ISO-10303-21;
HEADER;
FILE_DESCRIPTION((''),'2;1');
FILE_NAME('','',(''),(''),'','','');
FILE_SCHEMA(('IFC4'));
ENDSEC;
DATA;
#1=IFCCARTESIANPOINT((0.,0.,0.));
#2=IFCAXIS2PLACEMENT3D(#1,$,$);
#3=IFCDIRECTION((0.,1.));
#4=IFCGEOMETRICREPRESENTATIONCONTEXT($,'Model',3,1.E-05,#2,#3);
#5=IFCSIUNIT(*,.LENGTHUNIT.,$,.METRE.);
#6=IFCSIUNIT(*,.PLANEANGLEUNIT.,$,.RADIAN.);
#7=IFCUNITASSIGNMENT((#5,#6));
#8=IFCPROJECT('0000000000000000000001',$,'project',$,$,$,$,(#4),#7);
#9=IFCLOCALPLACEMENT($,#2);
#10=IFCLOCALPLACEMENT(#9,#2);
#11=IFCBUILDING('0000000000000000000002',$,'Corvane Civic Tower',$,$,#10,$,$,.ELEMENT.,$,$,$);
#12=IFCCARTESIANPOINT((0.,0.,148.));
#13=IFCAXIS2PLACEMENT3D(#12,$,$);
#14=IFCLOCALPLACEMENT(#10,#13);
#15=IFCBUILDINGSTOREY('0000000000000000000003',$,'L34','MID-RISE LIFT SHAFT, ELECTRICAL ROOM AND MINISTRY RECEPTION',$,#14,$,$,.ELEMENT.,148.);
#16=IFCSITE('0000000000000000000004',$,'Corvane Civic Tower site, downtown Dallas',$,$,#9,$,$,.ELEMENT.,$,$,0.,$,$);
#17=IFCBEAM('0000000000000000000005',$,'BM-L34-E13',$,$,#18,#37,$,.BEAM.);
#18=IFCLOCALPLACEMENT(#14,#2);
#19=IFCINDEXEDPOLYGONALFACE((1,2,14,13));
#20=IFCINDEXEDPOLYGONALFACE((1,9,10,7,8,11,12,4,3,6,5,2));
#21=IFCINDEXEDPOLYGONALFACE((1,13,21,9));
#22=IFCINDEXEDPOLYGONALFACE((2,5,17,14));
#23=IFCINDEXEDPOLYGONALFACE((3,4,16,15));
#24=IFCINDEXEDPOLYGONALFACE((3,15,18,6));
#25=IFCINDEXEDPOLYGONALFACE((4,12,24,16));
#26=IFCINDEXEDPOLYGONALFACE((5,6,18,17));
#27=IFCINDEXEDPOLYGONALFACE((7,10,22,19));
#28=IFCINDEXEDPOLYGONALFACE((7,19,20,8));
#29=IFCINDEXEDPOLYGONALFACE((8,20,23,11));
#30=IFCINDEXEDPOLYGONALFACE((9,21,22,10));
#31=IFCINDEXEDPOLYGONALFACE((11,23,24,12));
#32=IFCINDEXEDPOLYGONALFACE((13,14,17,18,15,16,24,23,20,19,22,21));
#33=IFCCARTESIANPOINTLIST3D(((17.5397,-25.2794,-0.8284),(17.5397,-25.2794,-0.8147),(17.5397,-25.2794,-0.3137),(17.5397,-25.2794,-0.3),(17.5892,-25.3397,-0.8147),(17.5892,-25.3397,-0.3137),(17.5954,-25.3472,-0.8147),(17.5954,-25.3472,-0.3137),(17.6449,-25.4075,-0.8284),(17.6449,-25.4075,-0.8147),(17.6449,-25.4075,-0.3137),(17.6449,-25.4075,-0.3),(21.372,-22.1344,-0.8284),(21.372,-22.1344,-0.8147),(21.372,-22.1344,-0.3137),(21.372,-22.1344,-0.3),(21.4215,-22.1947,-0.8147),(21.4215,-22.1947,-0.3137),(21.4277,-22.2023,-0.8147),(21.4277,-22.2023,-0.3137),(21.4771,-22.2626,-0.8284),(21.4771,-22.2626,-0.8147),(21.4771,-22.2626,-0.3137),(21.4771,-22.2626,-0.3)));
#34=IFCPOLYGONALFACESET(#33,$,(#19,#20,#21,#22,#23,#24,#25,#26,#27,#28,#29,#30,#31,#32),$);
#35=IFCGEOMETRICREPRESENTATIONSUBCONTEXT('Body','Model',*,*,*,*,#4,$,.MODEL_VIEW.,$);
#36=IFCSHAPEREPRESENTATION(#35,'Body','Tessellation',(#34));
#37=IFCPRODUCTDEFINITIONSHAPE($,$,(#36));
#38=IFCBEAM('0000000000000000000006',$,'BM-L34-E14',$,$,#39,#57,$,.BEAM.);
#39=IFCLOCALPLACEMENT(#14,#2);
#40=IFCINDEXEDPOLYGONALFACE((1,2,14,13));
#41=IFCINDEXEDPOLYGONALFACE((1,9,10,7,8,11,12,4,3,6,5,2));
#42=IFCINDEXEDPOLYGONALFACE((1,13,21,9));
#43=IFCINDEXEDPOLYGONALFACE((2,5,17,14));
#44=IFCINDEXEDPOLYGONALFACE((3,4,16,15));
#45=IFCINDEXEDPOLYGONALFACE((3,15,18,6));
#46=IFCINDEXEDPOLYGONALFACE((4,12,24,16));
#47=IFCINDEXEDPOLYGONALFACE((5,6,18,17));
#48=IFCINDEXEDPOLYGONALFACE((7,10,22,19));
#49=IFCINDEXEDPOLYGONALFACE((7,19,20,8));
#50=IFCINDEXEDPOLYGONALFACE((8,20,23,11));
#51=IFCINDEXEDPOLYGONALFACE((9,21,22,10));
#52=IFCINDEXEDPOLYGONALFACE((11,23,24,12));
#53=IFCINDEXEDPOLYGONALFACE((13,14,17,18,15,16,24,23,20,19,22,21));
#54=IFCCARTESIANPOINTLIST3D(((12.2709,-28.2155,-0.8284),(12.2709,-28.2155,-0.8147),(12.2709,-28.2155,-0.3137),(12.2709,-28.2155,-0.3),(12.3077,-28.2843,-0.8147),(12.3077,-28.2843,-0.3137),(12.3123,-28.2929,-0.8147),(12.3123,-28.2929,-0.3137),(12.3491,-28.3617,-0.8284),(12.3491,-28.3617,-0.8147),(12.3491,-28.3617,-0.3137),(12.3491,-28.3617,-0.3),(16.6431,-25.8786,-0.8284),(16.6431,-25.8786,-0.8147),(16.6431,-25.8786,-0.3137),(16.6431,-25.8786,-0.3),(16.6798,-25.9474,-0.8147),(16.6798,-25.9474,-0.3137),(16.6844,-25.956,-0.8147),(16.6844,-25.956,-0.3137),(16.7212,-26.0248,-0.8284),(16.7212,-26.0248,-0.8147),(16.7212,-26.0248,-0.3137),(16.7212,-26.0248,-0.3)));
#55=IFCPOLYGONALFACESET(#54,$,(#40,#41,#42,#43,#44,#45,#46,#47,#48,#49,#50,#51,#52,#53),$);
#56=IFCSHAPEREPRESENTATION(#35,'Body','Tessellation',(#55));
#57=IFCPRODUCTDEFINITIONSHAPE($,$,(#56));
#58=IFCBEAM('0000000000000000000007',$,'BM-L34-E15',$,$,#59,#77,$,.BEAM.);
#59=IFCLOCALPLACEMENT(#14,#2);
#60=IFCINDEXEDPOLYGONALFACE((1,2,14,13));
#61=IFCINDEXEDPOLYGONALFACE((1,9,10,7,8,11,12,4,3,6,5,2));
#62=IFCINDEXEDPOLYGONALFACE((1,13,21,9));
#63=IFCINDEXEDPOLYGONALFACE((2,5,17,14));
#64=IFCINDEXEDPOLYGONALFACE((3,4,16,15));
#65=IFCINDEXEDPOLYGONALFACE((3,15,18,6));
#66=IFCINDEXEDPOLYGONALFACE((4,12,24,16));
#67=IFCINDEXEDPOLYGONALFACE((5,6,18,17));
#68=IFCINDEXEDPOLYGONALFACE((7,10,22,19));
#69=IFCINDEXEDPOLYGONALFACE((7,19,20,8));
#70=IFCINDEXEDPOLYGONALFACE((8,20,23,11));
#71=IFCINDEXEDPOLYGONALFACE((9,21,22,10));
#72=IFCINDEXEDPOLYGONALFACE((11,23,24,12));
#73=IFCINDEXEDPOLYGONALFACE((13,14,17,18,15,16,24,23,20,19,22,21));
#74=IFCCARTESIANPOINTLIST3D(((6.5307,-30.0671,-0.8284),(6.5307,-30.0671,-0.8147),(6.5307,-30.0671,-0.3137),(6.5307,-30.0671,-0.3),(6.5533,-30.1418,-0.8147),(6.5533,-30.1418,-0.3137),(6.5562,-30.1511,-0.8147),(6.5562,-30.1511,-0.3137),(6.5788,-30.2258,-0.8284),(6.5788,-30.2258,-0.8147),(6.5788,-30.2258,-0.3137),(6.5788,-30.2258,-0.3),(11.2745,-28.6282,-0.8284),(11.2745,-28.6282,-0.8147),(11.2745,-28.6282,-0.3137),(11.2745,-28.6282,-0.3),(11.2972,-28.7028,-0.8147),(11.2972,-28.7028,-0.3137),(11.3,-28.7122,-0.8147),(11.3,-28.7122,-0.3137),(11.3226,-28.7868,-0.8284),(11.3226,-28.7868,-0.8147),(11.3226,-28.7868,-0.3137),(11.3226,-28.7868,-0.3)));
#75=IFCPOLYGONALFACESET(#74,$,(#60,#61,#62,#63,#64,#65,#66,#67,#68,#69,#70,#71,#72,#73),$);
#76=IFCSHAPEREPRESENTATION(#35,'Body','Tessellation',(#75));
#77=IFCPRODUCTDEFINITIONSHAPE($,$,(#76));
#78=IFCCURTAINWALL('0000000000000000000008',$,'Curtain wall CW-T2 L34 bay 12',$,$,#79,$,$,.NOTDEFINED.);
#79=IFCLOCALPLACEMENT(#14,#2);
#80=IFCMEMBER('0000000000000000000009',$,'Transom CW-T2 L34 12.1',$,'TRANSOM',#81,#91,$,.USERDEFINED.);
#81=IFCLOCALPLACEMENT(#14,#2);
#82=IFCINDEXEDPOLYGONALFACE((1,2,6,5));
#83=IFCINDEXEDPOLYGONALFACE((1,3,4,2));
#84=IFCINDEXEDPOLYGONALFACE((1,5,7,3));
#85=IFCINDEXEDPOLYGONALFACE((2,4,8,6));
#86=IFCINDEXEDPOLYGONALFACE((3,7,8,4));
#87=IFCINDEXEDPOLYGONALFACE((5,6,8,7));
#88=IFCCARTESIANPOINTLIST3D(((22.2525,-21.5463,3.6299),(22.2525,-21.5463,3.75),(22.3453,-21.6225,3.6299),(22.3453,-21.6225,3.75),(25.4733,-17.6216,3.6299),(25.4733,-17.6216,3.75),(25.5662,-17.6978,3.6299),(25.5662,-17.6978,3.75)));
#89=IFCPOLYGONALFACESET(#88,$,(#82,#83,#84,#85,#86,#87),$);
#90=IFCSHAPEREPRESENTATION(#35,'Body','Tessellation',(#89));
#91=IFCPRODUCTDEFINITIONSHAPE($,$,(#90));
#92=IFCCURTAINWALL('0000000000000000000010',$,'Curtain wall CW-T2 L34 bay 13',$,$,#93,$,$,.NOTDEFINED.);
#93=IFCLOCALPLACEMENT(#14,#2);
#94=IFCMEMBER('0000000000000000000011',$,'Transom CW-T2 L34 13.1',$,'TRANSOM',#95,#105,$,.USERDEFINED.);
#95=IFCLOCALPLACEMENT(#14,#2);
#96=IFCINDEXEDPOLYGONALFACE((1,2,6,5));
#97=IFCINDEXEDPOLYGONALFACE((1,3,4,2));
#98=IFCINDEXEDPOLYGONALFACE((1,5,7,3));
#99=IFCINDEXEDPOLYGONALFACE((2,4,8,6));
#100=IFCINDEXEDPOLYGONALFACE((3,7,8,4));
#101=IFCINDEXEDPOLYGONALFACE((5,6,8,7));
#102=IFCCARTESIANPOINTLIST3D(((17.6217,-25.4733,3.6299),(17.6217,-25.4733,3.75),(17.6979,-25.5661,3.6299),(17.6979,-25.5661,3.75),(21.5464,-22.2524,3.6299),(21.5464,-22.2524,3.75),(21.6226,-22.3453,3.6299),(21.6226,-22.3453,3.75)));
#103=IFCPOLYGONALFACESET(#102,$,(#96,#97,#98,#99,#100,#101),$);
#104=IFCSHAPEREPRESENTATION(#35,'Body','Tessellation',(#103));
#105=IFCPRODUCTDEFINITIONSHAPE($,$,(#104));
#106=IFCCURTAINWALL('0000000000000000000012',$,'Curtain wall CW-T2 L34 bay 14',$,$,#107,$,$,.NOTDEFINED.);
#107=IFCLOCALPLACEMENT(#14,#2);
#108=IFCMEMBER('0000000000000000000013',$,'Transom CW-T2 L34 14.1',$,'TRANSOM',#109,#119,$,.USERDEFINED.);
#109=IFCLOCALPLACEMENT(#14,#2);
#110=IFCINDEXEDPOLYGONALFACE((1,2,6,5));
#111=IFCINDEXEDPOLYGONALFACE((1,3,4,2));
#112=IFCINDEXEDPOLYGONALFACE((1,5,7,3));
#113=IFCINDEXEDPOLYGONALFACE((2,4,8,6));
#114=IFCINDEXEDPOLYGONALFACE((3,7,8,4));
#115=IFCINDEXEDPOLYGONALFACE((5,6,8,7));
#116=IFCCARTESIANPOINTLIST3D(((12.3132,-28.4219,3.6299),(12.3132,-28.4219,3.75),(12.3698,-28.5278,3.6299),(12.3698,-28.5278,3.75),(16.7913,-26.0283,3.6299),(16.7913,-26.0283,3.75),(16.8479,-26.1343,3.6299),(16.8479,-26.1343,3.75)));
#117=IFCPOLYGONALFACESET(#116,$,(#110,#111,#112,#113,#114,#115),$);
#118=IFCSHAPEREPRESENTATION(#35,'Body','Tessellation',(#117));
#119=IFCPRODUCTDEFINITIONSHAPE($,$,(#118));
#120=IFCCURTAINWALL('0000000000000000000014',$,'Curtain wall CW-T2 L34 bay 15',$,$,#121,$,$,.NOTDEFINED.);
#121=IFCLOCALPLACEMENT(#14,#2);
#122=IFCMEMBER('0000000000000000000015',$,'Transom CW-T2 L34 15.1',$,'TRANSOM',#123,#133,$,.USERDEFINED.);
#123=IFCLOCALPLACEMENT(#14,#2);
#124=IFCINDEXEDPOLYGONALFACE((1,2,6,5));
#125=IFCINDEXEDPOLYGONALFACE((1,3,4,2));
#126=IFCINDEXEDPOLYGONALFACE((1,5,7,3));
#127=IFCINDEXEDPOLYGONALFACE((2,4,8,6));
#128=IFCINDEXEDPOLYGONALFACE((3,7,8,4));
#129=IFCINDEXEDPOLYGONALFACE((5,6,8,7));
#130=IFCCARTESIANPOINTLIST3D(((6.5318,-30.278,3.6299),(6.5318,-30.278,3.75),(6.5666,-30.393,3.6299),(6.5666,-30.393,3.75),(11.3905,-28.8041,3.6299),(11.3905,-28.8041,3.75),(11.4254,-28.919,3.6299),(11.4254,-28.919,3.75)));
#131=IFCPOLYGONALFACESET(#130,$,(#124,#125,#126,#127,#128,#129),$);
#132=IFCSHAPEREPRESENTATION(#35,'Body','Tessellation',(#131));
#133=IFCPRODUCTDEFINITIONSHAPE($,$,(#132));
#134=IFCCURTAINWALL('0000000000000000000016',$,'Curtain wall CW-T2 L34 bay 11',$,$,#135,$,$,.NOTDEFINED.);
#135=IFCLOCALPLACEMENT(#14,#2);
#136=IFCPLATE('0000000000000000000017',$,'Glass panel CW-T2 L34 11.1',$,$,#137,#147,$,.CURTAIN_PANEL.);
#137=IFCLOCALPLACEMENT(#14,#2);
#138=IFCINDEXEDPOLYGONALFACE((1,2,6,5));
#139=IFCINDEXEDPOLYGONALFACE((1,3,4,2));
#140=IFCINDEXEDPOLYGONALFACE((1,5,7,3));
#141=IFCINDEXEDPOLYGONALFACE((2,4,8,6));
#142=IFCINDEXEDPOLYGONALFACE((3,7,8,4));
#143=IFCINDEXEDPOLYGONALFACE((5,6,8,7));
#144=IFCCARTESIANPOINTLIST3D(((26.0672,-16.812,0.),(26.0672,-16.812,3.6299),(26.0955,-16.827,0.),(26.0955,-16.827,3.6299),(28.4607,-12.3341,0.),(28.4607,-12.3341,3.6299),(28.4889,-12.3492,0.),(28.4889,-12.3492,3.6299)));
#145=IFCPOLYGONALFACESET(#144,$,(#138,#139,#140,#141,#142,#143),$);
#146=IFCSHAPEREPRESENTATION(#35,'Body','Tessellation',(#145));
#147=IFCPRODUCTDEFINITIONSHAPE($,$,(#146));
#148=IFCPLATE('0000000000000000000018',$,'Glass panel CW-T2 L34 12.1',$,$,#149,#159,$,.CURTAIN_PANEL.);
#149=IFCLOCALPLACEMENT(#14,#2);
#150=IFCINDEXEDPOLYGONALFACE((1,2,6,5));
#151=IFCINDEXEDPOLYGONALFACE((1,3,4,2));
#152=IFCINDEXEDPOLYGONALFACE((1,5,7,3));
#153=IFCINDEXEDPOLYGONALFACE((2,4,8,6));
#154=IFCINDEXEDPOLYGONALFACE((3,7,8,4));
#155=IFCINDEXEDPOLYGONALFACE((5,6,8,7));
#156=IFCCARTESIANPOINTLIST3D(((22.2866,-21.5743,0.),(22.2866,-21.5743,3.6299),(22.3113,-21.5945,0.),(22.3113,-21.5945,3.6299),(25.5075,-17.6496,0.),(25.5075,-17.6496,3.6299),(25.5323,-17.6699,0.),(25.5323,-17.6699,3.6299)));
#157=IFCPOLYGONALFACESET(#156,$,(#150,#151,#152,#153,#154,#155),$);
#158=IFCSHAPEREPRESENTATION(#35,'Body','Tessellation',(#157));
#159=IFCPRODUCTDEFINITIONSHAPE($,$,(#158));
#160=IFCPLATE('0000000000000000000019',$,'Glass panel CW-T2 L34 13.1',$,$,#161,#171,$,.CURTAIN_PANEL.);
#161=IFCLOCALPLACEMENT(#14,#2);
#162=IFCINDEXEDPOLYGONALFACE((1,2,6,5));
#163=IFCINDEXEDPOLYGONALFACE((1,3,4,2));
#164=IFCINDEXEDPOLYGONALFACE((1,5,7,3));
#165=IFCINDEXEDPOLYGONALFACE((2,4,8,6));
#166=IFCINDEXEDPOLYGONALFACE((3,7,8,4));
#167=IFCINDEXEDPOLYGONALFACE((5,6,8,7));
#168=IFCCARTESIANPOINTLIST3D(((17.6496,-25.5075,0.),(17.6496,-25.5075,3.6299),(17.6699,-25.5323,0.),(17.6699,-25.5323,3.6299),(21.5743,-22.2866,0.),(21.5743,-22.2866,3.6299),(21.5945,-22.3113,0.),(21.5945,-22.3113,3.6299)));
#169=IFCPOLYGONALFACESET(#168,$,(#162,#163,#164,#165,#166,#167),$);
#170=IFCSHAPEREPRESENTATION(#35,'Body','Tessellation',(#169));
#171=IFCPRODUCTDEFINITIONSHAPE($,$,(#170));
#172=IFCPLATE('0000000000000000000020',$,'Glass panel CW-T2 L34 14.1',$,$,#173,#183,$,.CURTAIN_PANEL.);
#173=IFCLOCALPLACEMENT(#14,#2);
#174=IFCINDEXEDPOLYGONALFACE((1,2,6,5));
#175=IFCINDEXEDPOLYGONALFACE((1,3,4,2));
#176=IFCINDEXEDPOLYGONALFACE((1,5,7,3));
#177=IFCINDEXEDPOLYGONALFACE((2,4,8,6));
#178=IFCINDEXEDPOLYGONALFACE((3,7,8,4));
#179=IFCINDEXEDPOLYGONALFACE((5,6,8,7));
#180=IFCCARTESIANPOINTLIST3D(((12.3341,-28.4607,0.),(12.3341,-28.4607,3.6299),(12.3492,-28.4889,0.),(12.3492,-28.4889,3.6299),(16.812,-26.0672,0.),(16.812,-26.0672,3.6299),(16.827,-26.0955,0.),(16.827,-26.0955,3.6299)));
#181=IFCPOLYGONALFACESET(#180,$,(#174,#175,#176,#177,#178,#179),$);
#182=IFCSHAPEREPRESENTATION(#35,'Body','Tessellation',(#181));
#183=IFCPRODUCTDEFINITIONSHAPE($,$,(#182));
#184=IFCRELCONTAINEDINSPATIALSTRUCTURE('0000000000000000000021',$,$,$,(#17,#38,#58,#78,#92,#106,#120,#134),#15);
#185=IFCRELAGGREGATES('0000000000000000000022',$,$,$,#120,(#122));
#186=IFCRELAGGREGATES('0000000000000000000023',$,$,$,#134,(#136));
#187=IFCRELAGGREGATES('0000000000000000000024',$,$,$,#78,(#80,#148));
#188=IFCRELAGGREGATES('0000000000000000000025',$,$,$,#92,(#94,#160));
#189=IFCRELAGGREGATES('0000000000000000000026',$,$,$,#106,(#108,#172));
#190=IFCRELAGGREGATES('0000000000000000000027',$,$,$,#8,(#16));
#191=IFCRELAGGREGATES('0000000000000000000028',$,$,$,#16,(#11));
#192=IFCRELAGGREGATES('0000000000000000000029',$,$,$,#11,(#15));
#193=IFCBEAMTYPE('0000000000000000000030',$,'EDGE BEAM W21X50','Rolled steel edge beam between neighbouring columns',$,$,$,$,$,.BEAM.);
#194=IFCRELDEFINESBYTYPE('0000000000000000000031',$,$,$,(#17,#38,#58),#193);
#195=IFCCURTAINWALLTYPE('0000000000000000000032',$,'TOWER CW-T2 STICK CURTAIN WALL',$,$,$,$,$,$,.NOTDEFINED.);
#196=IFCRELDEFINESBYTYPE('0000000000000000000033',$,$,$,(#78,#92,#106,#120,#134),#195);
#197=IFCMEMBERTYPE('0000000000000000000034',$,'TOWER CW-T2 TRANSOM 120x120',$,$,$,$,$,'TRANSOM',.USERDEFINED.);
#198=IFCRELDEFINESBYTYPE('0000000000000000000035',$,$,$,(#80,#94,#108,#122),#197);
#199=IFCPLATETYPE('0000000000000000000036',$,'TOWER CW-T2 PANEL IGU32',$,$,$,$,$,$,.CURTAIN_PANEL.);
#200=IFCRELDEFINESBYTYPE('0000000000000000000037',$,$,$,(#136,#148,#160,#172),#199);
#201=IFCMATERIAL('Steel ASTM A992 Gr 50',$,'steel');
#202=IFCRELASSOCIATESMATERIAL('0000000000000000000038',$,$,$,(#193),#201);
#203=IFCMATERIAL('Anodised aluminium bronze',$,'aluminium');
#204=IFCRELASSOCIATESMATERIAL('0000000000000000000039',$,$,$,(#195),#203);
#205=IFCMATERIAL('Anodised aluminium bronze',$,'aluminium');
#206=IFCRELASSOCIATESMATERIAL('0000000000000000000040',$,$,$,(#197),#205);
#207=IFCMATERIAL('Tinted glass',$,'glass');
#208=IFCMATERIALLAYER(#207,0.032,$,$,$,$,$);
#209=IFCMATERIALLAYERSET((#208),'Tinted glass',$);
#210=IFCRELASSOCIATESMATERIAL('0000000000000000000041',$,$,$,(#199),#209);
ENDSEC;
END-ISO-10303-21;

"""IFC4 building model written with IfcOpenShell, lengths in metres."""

from ifc_helpers import new_model, si_unit, direction, frame, origin, origin_2d, place, context, subcontext, project, spatial, rectangle, i_section, extrude, material, layer, layer_set, material_profile, profile_set, type_object, element, aggregate, save


model = new_model("IFC4")

# Units and contexts
model_context = context("Model", 3, precision=1e-05, world=origin(), true_north=direction((0.0, 1.0)))
body_context = subcontext(model_context, "Body", "Model", "MODEL_VIEW")
ifc_project = project(units=[si_unit("LENGTHUNIT", "METRE"), si_unit("PLANEANGLEUNIT", "RADIAN")], contexts=[model_context])

# Site, building, storey
site_placement = place(None, origin())
site = spatial("IfcSite", under=ifc_project, at=site_placement, Name="Corvane Civic Tower site, downtown Dallas", CompositionType="ELEMENT", RefElevation=0.0)
building_placement = place(site_placement, origin())
building = spatial("IfcBuilding", under=site, at=building_placement, Name="Corvane Civic Tower", CompositionType="ELEMENT")
storey_placement = place(building_placement, frame((0.0, 0.0, 148.0)))
storey = spatial("IfcBuildingStorey", under=building, at=storey_placement, Name="L34", Description="MID-RISE LIFT SHAFT, ELECTRICAL ROOM AND MINISTRY RECEPTION", CompositionType="ELEMENT", Elevation=148.0)

# Beams
ifc_material_1 = material(Name="Steel ASTM A992 Gr 50", Category="steel")
ifc_material_profile_1 = material_profile(ifc_material_1, i_section(OverallWidth=0.1658, OverallDepth=0.5283, WebThickness=0.0098, FlangeThickness=0.0137, at=origin_2d()), Name="W21X50")
ifc_profile_set_1 = profile_set([ifc_material_profile_1], Name="Steel ASTM A992 Gr 50")
beam_type = type_object("IfcBeamType", Name="EDGE BEAM W21X50", Description="Rolled steel edge beam between neighbouring columns", PredefinedType="BEAM", material=ifc_profile_set_1)
for number, where, z_axis, x_axis, name in (
    (1, (21.4246, -22.1985, -0.5642), (-0.773015, -0.634388, 0.0), (0.634388, -0.773015, 0.0), "BM-L34-E13"),
    (2, (16.6821, -25.9517, -0.5642), (-0.881922, -0.471396, 0.0), (0.471396, -0.881922, 0.0), "BM-L34-E14"),
):
    element("IfcBeam", number, at=place(storey_placement, frame(where, z_axis=z_axis, x_axis=x_axis)), inside=storey, type_object=beam_type, Name=name, PredefinedType="BEAM", context=body_context, shape_type="SweptSolid", body=[
        extrude(i_section(OverallWidth=0.1658, OverallDepth=0.5283, WebThickness=0.0098, FlangeThickness=0.0137, at=origin_2d()), origin(), (0.0, 0.0, 1.0), 4.9575),
    ])
beam_placement = place(storey_placement, frame((11.2986, -28.7075, -0.5642), z_axis=(-0.956945, -0.29027, 0.0), x_axis=(0.29027, -0.956945, 0.0)))
element("IfcBeam", 3, at=beam_placement, inside=storey, type_object=beam_type, Name="BM-L34-E15", PredefinedType="BEAM", context=body_context, shape_type="SweptSolid", body=[
    extrude(i_section(OverallWidth=0.1658, OverallDepth=0.5283, WebThickness=0.0098, FlangeThickness=0.0137, at=origin_2d()), origin(), (0.0, 0.0, 1.0), 4.9573),
])

# Curtain walls, members
ifc_material_2 = material(Name="Anodised aluminium bronze", Category="aluminium")
curtain_wall_type = type_object("IfcCurtainWallType", Name="TOWER CW-T2 STICK CURTAIN WALL", PredefinedType="NOTDEFINED", material=ifc_material_2)
curtain_wall_1_placement = place(storey_placement, origin())
curtain_wall_1 = element("IfcCurtainWall", 4, at=curtain_wall_1_placement, inside=storey, type_object=curtain_wall_type, Name="Curtain wall CW-T2 L34 bay 12", PredefinedType="NOTDEFINED")
ifc_material_3 = material(Name="Anodised aluminium bronze", Category="aluminium")
ifc_material_profile_2 = material_profile(ifc_material_3, rectangle(XDim=0.1201, YDim=0.1201, at=origin_2d()), Name="TOWER CW-T2 TRANSOM 120x120")
ifc_profile_set_2 = profile_set([ifc_material_profile_2], Name="Anodised aluminium bronze")
member_type = type_object("IfcMemberType", Name="TOWER CW-T2 TRANSOM 120x120", ElementType="TRANSOM", PredefinedType="USERDEFINED", material=ifc_profile_set_2)
member_1_placement = place(storey_placement, frame((25.5198, -17.6597, 3.6899), z_axis=(-0.634387, -0.773016, 0.0), x_axis=(0.773016, -0.634387, 0.0)))
member_1 = element("IfcMember", 5, at=member_1_placement, type_object=member_type, Name="Transom CW-T2 L34 12.1", ObjectType="TRANSOM", PredefinedType="USERDEFINED", context=body_context, shape_type="SweptSolid", body=[
    extrude(rectangle(XDim=0.1201, YDim=0.1201, at=origin_2d()), origin(), (0.0, 0.0, 1.0), 5.0771),
])
curtain_wall_2_placement = place(storey_placement, origin())
curtain_wall_2 = element("IfcCurtainWall", 6, at=curtain_wall_2_placement, inside=storey, type_object=curtain_wall_type, Name="Curtain wall CW-T2 L34 bay 13", PredefinedType="NOTDEFINED")
member_2_placement = place(storey_placement, frame((21.5845, -22.2988, 3.6899), z_axis=(-0.773016, -0.634387, 0.0), x_axis=(0.634387, -0.773016, 0.0)))
member_2 = element("IfcMember", 7, at=member_2_placement, type_object=member_type, Name="Transom CW-T2 L34 13.1", ObjectType="TRANSOM", PredefinedType="USERDEFINED", context=body_context, shape_type="SweptSolid", body=[
    extrude(rectangle(XDim=0.1201, YDim=0.1201, at=origin_2d()), origin(), (0.0, 0.0, 1.0), 5.0771),
])
curtain_wall_3_placement = place(storey_placement, origin())
curtain_wall_3 = element("IfcCurtainWall", 8, at=curtain_wall_3_placement, inside=storey, type_object=curtain_wall_type, Name="Curtain wall CW-T2 L34 bay 14", PredefinedType="NOTDEFINED")
member_3_placement = place(storey_placement, frame((16.8196, -26.0813, 3.6899), z_axis=(-0.881921, -0.471397, 0.0), x_axis=(0.471397, -0.881921, 0.0)))
member_3 = element("IfcMember", 9, at=member_3_placement, type_object=member_type, Name="Transom CW-T2 L34 14.1", ObjectType="TRANSOM", PredefinedType="USERDEFINED", context=body_context, shape_type="SweptSolid", body=[
    extrude(rectangle(XDim=0.1201, YDim=0.1201, at=origin_2d()), origin(), (0.0, 0.0, 1.0), 5.0776),
])
curtain_wall_4_placement = place(storey_placement, origin())
curtain_wall_4 = element("IfcCurtainWall", 10, at=curtain_wall_4_placement, inside=storey, type_object=curtain_wall_type, Name="Curtain wall CW-T2 L34 bay 15", PredefinedType="NOTDEFINED")
member_4_placement = place(storey_placement, frame((11.408, -28.8616, 3.6899), z_axis=(-0.956939, -0.290289, 0.0), x_axis=(0.290289, -0.956939, 0.0)))
member_4 = element("IfcMember", 11, at=member_4_placement, type_object=member_type, Name="Transom CW-T2 L34 15.1", ObjectType="TRANSOM", PredefinedType="USERDEFINED", context=body_context, shape_type="SweptSolid", body=[
    extrude(rectangle(XDim=0.1201, YDim=0.1201, at=origin_2d()), origin(), (0.0, 0.0, 1.0), 5.0774),
])
aggregate(curtain_wall_4, [member_4])

# Curtain wall, plate
curtain_wall_5_placement = place(storey_placement, origin())
curtain_wall_5 = element("IfcCurtainWall", 12, at=curtain_wall_5_placement, inside=storey, type_object=curtain_wall_type, Name="Curtain wall CW-T2 L34 bay 11", PredefinedType="NOTDEFINED")
ifc_material_4 = material(Name="Tinted glass", Category="glass")
ifc_layer_1 = layer(ifc_material_4, 0.032)
ifc_layer_set_1 = layer_set([ifc_layer_1], Name="Tinted glass")
plate_type = type_object("IfcPlateType", Name="TOWER CW-T2 PANEL IGU32", PredefinedType="CURTAIN_PANEL", material=ifc_layer_set_1)
plate_1_placement = place(storey_placement, frame((27.2781, -14.5806, 0.0), z_axis=(0.0, 0.0, 1.0), x_axis=(-0.471395, -0.881922, 0.0)))
plate_1 = element("IfcPlate", 13, at=plate_1_placement, type_object=plate_type, Name="Glass panel CW-T2 L34 11.1", PredefinedType="CURTAIN_PANEL", context=body_context, shape_type="SweptSolid", body=[
    extrude(rectangle(XDim=5.0774, YDim=0.032, at=origin_2d()), origin(), (0.0, 0.0, 1.0), 3.6299),
])
aggregate(curtain_wall_5, [plate_1])

# Plates
plate_2_placement = place(storey_placement, frame((23.9094, -19.6221, 0.0), z_axis=(0.0, 0.0, 1.0), x_axis=(-0.6344, -0.773005, 0.0)))
plate_2 = element("IfcPlate", 14, at=plate_2_placement, type_object=plate_type, Name="Glass panel CW-T2 L34 12.1", PredefinedType="CURTAIN_PANEL", context=body_context, shape_type="SweptSolid", body=[
    extrude(rectangle(XDim=5.0771, YDim=0.032, at=origin_2d()), origin(), (0.0, 0.0, 1.0), 3.6299),
])
aggregate(curtain_wall_1, [member_1, plate_2])
plate_3_placement = place(storey_placement, frame((19.6221, -23.9094, 0.0), z_axis=(0.0, 0.0, 1.0), x_axis=(-0.773005, -0.6344, 0.0)))
plate_3 = element("IfcPlate", 15, at=plate_3_placement, type_object=plate_type, Name="Glass panel CW-T2 L34 13.1", PredefinedType="CURTAIN_PANEL", context=body_context, shape_type="SweptSolid", body=[
    extrude(rectangle(XDim=5.0771, YDim=0.032, at=origin_2d()), origin(), (0.0, 0.0, 1.0), 3.6299),
])
aggregate(curtain_wall_2, [member_2, plate_3])
plate_4_placement = place(storey_placement, frame((14.5806, -27.2781, 0.0), z_axis=(0.0, 0.0, 1.0), x_axis=(-0.881922, -0.471395, 0.0)))
plate_4 = element("IfcPlate", 16, at=plate_4_placement, type_object=plate_type, Name="Glass panel CW-T2 L34 14.1", PredefinedType="CURTAIN_PANEL", context=body_context, shape_type="SweptSolid", body=[
    extrude(rectangle(XDim=5.0774, YDim=0.032, at=origin_2d()), origin(), (0.0, 0.0, 1.0), 3.6299),
])
aggregate(curtain_wall_3, [member_3, plate_4])

save(model, "model.ifc")
